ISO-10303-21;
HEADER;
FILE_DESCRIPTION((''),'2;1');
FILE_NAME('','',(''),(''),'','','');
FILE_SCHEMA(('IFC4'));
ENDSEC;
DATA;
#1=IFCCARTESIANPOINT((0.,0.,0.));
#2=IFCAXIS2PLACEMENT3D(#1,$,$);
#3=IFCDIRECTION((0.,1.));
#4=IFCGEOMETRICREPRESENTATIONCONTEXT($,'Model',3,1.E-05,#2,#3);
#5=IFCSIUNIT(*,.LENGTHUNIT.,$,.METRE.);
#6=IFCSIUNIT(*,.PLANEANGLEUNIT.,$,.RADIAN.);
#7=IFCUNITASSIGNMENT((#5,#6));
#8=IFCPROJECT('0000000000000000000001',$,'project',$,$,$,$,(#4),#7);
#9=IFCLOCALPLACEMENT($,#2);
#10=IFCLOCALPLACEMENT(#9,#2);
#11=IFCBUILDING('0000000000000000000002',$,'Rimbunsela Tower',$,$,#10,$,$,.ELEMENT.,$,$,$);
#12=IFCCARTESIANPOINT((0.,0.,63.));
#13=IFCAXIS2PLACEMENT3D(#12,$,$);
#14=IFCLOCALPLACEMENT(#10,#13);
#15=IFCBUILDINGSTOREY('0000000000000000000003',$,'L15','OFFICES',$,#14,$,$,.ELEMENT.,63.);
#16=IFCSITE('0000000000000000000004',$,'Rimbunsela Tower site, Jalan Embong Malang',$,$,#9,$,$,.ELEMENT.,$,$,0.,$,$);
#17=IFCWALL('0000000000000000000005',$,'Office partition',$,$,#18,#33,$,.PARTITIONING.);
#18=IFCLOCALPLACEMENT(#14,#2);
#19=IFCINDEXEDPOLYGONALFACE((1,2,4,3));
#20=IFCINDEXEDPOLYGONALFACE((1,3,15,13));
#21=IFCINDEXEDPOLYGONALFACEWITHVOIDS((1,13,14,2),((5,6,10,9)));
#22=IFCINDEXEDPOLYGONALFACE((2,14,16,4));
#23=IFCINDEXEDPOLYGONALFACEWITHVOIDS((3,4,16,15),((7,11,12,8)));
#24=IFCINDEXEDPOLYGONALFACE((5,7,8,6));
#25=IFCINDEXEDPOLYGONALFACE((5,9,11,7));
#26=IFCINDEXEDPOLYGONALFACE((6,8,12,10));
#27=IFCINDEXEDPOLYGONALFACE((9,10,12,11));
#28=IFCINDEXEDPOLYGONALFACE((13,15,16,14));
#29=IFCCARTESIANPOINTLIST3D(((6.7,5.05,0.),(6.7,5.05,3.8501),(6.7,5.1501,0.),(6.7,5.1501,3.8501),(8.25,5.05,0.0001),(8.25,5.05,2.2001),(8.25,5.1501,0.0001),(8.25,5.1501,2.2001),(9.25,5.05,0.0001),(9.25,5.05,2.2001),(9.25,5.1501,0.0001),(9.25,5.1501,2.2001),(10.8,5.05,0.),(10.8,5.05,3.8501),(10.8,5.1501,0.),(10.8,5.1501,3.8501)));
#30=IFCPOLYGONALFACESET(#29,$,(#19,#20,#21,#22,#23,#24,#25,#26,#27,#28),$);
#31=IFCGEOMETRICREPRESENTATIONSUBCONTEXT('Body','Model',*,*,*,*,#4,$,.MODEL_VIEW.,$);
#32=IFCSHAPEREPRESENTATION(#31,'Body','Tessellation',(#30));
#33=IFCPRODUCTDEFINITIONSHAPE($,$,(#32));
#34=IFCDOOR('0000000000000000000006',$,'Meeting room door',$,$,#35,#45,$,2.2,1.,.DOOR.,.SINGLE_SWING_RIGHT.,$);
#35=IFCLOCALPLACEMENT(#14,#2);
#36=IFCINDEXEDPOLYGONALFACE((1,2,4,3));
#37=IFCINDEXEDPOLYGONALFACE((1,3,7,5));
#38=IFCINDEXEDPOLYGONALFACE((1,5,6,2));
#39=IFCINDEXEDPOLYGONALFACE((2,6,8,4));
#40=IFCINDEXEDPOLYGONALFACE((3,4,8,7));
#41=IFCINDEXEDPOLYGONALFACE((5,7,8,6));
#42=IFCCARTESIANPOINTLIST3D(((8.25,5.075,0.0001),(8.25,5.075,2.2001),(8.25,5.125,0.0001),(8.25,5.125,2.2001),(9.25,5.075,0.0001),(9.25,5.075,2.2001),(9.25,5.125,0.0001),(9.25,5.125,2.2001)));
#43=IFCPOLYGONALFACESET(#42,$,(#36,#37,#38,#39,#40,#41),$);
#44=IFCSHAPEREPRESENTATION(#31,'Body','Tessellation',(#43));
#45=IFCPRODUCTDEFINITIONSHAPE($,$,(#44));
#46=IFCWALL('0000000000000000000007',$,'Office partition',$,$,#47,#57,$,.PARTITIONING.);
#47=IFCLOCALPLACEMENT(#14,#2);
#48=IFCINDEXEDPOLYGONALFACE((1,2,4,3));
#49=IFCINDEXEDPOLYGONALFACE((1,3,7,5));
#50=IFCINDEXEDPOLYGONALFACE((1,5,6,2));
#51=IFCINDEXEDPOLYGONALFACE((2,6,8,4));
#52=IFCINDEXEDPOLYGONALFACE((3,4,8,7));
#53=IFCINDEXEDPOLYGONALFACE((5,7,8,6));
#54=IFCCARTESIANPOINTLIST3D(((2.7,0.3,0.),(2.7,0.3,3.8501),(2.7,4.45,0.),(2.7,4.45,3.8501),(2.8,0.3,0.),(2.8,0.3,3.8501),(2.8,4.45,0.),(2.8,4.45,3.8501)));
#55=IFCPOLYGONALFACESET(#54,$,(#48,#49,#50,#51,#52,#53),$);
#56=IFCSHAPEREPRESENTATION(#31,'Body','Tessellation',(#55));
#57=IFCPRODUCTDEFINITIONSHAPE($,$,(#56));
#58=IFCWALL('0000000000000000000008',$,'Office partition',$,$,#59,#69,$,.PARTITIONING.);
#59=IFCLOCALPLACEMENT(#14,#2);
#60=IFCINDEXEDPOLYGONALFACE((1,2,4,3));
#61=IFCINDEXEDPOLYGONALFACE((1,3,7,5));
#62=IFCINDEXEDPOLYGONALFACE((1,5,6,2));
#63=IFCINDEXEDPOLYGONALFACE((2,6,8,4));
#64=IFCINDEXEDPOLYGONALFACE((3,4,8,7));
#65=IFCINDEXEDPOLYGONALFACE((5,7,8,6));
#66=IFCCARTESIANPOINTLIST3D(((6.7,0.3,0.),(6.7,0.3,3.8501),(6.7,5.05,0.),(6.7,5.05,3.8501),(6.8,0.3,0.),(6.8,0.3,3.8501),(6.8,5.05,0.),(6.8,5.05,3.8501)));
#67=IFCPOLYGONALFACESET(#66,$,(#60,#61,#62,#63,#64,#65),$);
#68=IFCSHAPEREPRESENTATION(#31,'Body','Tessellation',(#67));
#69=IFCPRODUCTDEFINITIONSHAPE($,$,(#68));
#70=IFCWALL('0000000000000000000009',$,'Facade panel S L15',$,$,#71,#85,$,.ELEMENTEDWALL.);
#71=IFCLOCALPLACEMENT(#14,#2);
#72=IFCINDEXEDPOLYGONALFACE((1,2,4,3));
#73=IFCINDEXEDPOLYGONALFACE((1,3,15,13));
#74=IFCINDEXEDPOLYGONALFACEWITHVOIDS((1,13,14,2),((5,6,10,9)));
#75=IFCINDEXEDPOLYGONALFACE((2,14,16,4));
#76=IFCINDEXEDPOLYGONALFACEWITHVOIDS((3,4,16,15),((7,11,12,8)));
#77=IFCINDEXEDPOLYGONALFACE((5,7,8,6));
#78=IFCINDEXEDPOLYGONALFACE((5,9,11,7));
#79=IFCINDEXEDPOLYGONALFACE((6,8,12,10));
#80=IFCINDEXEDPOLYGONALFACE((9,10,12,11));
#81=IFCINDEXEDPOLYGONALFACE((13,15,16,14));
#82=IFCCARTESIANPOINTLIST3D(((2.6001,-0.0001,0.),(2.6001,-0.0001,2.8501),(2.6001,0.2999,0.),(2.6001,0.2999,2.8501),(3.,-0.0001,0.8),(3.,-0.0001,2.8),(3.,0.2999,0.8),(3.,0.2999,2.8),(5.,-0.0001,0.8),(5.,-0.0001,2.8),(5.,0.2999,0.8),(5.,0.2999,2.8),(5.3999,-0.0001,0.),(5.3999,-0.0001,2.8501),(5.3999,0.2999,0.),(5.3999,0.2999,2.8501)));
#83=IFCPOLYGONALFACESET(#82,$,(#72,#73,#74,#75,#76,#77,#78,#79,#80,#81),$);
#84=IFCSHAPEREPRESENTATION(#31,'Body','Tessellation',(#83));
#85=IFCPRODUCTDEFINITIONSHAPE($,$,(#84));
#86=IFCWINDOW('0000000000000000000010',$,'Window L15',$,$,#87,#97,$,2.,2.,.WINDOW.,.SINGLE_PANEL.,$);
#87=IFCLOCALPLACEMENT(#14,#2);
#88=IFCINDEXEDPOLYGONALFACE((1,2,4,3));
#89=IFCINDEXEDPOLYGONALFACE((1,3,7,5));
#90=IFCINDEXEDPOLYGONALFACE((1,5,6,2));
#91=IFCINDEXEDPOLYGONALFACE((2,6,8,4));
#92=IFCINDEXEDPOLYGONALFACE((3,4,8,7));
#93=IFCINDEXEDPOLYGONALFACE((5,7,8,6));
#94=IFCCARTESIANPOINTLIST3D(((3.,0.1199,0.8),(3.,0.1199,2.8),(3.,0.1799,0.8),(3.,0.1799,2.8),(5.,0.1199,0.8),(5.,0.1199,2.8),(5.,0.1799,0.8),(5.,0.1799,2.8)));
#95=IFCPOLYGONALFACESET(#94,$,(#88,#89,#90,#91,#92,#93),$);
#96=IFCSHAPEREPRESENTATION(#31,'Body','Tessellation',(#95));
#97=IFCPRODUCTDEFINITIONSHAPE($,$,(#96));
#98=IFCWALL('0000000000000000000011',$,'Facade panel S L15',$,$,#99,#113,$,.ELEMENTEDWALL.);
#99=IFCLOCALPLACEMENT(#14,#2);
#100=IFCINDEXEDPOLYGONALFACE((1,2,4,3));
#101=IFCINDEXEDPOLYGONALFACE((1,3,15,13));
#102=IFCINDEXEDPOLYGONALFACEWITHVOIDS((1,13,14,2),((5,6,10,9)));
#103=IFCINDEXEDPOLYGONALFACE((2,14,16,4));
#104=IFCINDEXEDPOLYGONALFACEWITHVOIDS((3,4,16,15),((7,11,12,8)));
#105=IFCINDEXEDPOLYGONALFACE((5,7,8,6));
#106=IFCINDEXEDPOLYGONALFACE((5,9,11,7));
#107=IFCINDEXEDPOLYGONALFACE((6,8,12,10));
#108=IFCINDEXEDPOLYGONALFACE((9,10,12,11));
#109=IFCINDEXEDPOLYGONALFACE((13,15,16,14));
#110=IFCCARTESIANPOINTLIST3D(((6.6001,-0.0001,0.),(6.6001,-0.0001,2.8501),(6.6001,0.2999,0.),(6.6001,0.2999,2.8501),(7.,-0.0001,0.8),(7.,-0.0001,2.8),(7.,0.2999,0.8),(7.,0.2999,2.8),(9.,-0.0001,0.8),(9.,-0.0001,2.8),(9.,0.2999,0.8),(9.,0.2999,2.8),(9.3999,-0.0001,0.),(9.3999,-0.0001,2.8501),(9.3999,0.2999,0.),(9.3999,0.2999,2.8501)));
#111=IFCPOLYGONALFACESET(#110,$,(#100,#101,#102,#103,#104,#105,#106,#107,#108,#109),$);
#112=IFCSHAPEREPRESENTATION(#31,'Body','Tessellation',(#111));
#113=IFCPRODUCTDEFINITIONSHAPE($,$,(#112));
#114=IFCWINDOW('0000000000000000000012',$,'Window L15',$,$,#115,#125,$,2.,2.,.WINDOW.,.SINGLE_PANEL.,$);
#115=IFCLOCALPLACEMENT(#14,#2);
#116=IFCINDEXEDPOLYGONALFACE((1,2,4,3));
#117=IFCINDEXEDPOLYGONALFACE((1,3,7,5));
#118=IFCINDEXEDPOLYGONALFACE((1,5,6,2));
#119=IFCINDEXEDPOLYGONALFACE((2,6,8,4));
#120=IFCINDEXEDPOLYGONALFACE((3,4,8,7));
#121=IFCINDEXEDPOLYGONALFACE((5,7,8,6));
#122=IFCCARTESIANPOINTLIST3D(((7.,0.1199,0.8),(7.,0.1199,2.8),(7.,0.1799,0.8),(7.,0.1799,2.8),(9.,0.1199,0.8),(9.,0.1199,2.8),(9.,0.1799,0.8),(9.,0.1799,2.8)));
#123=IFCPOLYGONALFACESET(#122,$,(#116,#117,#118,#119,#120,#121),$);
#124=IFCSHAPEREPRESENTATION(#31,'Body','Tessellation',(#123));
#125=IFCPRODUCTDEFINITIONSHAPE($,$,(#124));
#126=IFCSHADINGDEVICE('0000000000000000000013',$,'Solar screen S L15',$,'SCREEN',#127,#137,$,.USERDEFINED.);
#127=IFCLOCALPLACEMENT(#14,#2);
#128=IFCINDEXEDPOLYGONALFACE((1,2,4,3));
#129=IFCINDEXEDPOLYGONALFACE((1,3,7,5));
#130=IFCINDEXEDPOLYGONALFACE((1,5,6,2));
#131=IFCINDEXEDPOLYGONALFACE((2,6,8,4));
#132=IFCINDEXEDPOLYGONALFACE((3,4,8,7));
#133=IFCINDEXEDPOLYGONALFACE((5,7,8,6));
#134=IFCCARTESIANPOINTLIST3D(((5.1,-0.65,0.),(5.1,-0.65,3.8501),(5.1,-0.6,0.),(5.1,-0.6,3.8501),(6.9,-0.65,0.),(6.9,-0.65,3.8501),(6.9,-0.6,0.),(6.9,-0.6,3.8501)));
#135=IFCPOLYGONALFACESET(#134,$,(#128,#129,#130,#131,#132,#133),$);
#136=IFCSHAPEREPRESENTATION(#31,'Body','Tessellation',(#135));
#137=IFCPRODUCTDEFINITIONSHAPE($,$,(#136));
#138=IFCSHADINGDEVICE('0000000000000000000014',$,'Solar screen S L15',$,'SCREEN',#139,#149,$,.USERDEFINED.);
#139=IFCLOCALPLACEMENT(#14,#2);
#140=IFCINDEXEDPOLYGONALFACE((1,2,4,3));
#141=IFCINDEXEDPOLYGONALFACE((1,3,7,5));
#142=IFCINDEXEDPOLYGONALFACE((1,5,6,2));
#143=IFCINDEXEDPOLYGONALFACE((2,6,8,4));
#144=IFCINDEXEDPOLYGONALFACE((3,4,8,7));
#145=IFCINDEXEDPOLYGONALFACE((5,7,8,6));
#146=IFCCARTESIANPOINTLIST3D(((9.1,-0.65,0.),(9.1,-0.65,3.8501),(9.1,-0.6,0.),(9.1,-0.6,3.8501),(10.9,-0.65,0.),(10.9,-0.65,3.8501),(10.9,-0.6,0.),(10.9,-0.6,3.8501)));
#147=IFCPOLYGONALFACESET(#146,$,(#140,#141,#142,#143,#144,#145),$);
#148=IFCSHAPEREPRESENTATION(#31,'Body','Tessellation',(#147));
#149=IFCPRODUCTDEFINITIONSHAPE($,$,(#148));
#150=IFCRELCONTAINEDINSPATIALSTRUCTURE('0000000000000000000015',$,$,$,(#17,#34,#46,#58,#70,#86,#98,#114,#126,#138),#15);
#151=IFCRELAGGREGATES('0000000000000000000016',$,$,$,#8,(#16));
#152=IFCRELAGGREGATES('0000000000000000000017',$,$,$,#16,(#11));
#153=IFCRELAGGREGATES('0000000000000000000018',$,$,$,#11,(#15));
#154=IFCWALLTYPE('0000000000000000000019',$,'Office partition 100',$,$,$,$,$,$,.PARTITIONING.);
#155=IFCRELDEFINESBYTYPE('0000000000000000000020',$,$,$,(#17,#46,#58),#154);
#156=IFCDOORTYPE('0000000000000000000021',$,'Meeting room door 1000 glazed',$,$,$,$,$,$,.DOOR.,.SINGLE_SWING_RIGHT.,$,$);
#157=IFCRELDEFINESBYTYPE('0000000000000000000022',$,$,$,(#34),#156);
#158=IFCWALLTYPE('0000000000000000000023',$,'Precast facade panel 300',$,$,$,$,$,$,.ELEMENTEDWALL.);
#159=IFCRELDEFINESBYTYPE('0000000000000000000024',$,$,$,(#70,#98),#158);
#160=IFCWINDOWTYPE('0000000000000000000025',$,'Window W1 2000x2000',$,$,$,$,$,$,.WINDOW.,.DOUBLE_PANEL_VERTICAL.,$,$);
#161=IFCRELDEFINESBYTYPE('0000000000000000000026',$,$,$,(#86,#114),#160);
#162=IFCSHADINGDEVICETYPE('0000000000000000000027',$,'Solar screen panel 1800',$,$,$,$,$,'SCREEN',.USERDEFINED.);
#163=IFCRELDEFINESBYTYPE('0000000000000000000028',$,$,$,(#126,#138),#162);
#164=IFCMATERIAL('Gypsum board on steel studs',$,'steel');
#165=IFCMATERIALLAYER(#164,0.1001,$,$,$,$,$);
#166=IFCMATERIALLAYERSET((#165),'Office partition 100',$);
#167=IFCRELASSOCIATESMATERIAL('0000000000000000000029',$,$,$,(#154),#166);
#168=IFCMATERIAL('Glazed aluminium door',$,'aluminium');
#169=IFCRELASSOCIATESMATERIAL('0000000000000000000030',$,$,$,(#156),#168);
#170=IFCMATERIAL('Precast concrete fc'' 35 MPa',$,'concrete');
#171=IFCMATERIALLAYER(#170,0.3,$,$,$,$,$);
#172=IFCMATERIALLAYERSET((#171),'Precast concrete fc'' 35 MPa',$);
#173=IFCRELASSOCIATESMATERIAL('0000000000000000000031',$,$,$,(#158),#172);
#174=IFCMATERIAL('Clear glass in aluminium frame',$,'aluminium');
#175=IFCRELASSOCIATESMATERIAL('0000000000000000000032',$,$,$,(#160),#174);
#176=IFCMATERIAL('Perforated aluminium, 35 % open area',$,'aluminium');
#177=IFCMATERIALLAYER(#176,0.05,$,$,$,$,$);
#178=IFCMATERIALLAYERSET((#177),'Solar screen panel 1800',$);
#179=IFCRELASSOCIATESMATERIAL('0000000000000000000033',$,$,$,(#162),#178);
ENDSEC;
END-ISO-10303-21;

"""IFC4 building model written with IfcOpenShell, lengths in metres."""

from ifc_helpers import new_model, si_unit, direction, frame, frame_2d, origin, origin_2d, place, context, subcontext, project, spatial, rectangle, extrude, material, layer, layer_set, type_object, element, fill, save


model = new_model("IFC4")

# Units and contexts
model_context = context("Model", 3, precision=1e-05, world=origin(), true_north=direction((0.0, 1.0)))
body_context = subcontext(model_context, "Body", "Model", "MODEL_VIEW")
ifc_project = project(units=[si_unit("LENGTHUNIT", "METRE"), si_unit("PLANEANGLEUNIT", "RADIAN")], contexts=[model_context])

# Site, building, storey
site_placement = place(None, origin())
site = spatial("IfcSite", under=ifc_project, at=site_placement, Name="Rimbunsela Tower site, Jalan Embong Malang", CompositionType="ELEMENT", RefElevation=0.0)
building_placement = place(site_placement, origin())
building = spatial("IfcBuilding", under=site, at=building_placement, Name="Rimbunsela Tower", CompositionType="ELEMENT")
storey_placement = place(building_placement, frame((0.0, 0.0, 63.0)))
storey = spatial("IfcBuildingStorey", under=building, at=storey_placement, Name="L15", Description="OFFICES", CompositionType="ELEMENT", Elevation=63.0)

# Wall, opening, door
ifc_material_1 = material(Name="Gypsum board on steel studs", Category="steel")
ifc_layer_1 = layer(ifc_material_1, 0.1001)
ifc_layer_set_1 = layer_set([ifc_layer_1], Name="Office partition 100")
wall_type_1 = type_object("IfcWallType", Name="Office partition 100", PredefinedType="PARTITIONING", material=ifc_layer_set_1)
wall_1_placement = place(storey_placement, frame((6.7, 5.1001, 0.0), z_axis=(0.0, 0.0, 1.0), x_axis=(1.0, 0.0, 0.0)))
wall_1 = element("IfcWall", 1, at=wall_1_placement, inside=storey, type_object=wall_type_1, Name="Office partition", PredefinedType="PARTITIONING", context=body_context, shape_type="SweptSolid", body=[
    extrude(rectangle(XDim=4.1001, YDim=0.1001, at=frame_2d((2.05, 0.0))), origin(), (0.0, 0.0, 1.0), 3.8501),
])
opening_1_placement = place(wall_1_placement, frame((1.55, 0.0, 0.0)))
opening_1 = element("IfcOpeningElement", 2, at=opening_1_placement, cuts=wall_1, PredefinedType="OPENING", context=body_context, shape_type="SweptSolid", body=[
    extrude(rectangle(XDim=1.0, YDim=2.2, at=frame_2d((0.5, 1.1001))), frame((0.0, 0.0601, 0.0), z_axis=(0.0, -1.0, 0.0), x_axis=(1.0, 0.0, 0.0)), (0.0, 0.0, 1.0), 0.1201),
])
ifc_material_2 = material(Name="Glazed aluminium door", Category="aluminium")
door_type_1 = type_object("IfcDoorType", Name="Meeting room door 1000 glazed", OperationType="SINGLE_SWING_RIGHT", PredefinedType="DOOR", material=ifc_material_2)
door_1_placement = place(opening_1_placement, origin())
door_1 = element("IfcDoor", 3, at=door_1_placement, inside=storey, type_object=door_type_1, Name="Meeting room door", OperationType="SINGLE_SWING_RIGHT", OverallHeight=2.2, OverallWidth=1.0, PredefinedType="DOOR", context=body_context, shape_type="SweptSolid", body=[
    extrude(rectangle(XDim=1.0, YDim=2.2, at=frame_2d((0.5, 1.1001))), frame((0.0, 0.0249, 0.0), z_axis=(0.0, -1.0, 0.0), x_axis=(1.0, 0.0, 0.0)), (0.0, 0.0, 1.0), 0.05),
])
fill(opening_1, door_1)

# Walls
wall_2_placement = place(storey_placement, frame((2.75, 0.3, 0.0), z_axis=(0.0, 0.0, 1.0), x_axis=(0.0, 1.0, 0.0)))
element("IfcWall", 4, at=wall_2_placement, inside=storey, type_object=wall_type_1, Name="Office partition", PredefinedType="PARTITIONING", context=body_context, shape_type="SweptSolid", body=[
    extrude(rectangle(XDim=4.1499, YDim=0.1001, at=frame_2d((2.075, 0.0))), origin(), (0.0, 0.0, 1.0), 3.8501),
])
wall_3_placement = place(storey_placement, frame((6.75, 0.3, 0.0), z_axis=(0.0, 0.0, 1.0), x_axis=(0.0, 1.0, 0.0)))
element("IfcWall", 5, at=wall_3_placement, inside=storey, type_object=wall_type_1, Name="Office partition", PredefinedType="PARTITIONING", context=body_context, shape_type="SweptSolid", body=[
    extrude(rectangle(XDim=4.75, YDim=0.1001, at=frame_2d((2.375, 0.0))), origin(), (0.0, 0.0, 1.0), 3.8501),
])

# Walls, openings, windows
ifc_material_3 = material(Name="Precast concrete fc' 35 MPa", Category="concrete")
ifc_layer_2 = layer(ifc_material_3, 0.3)
ifc_layer_set_2 = layer_set([ifc_layer_2], Name="Precast concrete fc' 35 MPa")
wall_type_2 = type_object("IfcWallType", Name="Precast facade panel 300", PredefinedType="ELEMENTEDWALL", material=ifc_layer_set_2)
wall_4_placement = place(storey_placement, frame((2.6001, 0.1499, 0.0), z_axis=(0.0, 0.0, 1.0), x_axis=(1.0, 0.0, 0.0)))
wall_4 = element("IfcWall", 6, at=wall_4_placement, inside=storey, type_object=wall_type_2, Name="Facade panel S L15", PredefinedType="ELEMENTEDWALL", context=body_context, shape_type="SweptSolid", body=[
    extrude(rectangle(XDim=2.7998, YDim=0.3, at=frame_2d((1.3999, 0.0))), origin(), (0.0, 0.0, 1.0), 2.8501),
])
opening_2_placement = place(wall_4_placement, frame((0.3999, 0.0, 0.8)))
opening_2 = element("IfcOpeningElement", 7, at=opening_2_placement, cuts=wall_4, PredefinedType="OPENING", context=body_context, shape_type="SweptSolid", body=[
    extrude(rectangle(XDim=2.0, YDim=2.0, at=frame_2d((1.0, 1.0))), frame((0.0, 0.1599, 0.0), z_axis=(0.0, -1.0, 0.0), x_axis=(1.0, 0.0, 0.0)), (0.0, 0.0, 1.0), 0.3201),
])
ifc_material_4 = material(Name="Clear glass in aluminium frame", Category="aluminium")
window_type = type_object("IfcWindowType", Name="Window W1 2000x2000", PartitioningType="DOUBLE_PANEL_VERTICAL", PredefinedType="WINDOW", material=ifc_material_4)
window_1_placement = place(opening_2_placement, origin())
window_1 = element("IfcWindow", 8, at=window_1_placement, inside=storey, type_object=window_type, Name="Window L15", OverallHeight=2.0, OverallWidth=2.0, PartitioningType="SINGLE_PANEL", PredefinedType="WINDOW", context=body_context, shape_type="SweptSolid", body=[
    extrude(rectangle(XDim=2.0, YDim=2.0, at=frame_2d((1.0, 1.0))), frame((0.0, 0.03, 0.0), z_axis=(0.0, -1.0, 0.0), x_axis=(1.0, 0.0, 0.0)), (0.0, 0.0, 1.0), 0.0601),
])
fill(opening_2, window_1)
wall_5_placement = place(storey_placement, frame((6.6001, 0.1499, 0.0), z_axis=(0.0, 0.0, 1.0), x_axis=(1.0, 0.0, 0.0)))
wall_5 = element("IfcWall", 9, at=wall_5_placement, inside=storey, type_object=wall_type_2, Name="Facade panel S L15", PredefinedType="ELEMENTEDWALL", context=body_context, shape_type="SweptSolid", body=[
    extrude(rectangle(XDim=2.7998, YDim=0.3, at=frame_2d((1.3999, 0.0))), origin(), (0.0, 0.0, 1.0), 2.8501),
])
opening_3_placement = place(wall_5_placement, frame((0.3999, 0.0, 0.8)))
opening_3 = element("IfcOpeningElement", 10, at=opening_3_placement, cuts=wall_5, PredefinedType="OPENING", context=body_context, shape_type="SweptSolid", body=[
    extrude(rectangle(XDim=2.0, YDim=2.0, at=frame_2d((1.0, 1.0))), frame((0.0, 0.1599, 0.0), z_axis=(0.0, -1.0, 0.0), x_axis=(1.0, 0.0, 0.0)), (0.0, 0.0, 1.0), 0.3201),
])
window_2_placement = place(opening_3_placement, origin())
window_2 = element("IfcWindow", 11, at=window_2_placement, inside=storey, type_object=window_type, Name="Window L15", OverallHeight=2.0, OverallWidth=2.0, PartitioningType="SINGLE_PANEL", PredefinedType="WINDOW", context=body_context, shape_type="SweptSolid", body=[
    extrude(rectangle(XDim=2.0, YDim=2.0, at=frame_2d((1.0, 1.0))), frame((0.0, 0.03, 0.0), z_axis=(0.0, -1.0, 0.0), x_axis=(1.0, 0.0, 0.0)), (0.0, 0.0, 1.0), 0.0601),
])
fill(opening_3, window_2)

# Shading devices
ifc_material_5 = material(Name="Perforated aluminium, 35 % open area", Category="aluminium")
ifc_layer_3 = layer(ifc_material_5, 0.05)
ifc_layer_set_3 = layer_set([ifc_layer_3], Name="Solar screen panel 1800")
shading_device_type = type_object("IfcShadingDeviceType", Name="Solar screen panel 1800", ElementType="SCREEN", PredefinedType="USERDEFINED", material=ifc_layer_set_3)
for number, where, z_axis, x_axis, name in (
    (12, (6.0, -0.625, 0.0), (0.0, 0.0, 1.0), (1.0, 0.0, 0.0), "Solar screen S L15"),
    (13, (10.0, -0.625, 0.0), (0.0, 0.0, 1.0), (1.0, 0.0, 0.0), "Solar screen S L15"),
):
    element("IfcShadingDevice", number, at=place(storey_placement, frame(where, z_axis=z_axis, x_axis=x_axis)), inside=storey, type_object=shading_device_type, Name=name, ObjectType="SCREEN", PredefinedType="USERDEFINED", context=body_context, shape_type="SweptSolid", body=[
        extrude(rectangle(XDim=1.8, YDim=0.05, at=origin_2d()), origin(), (0.0, 0.0, 1.0), 3.8501),
    ])

save(model, "model.ifc")
